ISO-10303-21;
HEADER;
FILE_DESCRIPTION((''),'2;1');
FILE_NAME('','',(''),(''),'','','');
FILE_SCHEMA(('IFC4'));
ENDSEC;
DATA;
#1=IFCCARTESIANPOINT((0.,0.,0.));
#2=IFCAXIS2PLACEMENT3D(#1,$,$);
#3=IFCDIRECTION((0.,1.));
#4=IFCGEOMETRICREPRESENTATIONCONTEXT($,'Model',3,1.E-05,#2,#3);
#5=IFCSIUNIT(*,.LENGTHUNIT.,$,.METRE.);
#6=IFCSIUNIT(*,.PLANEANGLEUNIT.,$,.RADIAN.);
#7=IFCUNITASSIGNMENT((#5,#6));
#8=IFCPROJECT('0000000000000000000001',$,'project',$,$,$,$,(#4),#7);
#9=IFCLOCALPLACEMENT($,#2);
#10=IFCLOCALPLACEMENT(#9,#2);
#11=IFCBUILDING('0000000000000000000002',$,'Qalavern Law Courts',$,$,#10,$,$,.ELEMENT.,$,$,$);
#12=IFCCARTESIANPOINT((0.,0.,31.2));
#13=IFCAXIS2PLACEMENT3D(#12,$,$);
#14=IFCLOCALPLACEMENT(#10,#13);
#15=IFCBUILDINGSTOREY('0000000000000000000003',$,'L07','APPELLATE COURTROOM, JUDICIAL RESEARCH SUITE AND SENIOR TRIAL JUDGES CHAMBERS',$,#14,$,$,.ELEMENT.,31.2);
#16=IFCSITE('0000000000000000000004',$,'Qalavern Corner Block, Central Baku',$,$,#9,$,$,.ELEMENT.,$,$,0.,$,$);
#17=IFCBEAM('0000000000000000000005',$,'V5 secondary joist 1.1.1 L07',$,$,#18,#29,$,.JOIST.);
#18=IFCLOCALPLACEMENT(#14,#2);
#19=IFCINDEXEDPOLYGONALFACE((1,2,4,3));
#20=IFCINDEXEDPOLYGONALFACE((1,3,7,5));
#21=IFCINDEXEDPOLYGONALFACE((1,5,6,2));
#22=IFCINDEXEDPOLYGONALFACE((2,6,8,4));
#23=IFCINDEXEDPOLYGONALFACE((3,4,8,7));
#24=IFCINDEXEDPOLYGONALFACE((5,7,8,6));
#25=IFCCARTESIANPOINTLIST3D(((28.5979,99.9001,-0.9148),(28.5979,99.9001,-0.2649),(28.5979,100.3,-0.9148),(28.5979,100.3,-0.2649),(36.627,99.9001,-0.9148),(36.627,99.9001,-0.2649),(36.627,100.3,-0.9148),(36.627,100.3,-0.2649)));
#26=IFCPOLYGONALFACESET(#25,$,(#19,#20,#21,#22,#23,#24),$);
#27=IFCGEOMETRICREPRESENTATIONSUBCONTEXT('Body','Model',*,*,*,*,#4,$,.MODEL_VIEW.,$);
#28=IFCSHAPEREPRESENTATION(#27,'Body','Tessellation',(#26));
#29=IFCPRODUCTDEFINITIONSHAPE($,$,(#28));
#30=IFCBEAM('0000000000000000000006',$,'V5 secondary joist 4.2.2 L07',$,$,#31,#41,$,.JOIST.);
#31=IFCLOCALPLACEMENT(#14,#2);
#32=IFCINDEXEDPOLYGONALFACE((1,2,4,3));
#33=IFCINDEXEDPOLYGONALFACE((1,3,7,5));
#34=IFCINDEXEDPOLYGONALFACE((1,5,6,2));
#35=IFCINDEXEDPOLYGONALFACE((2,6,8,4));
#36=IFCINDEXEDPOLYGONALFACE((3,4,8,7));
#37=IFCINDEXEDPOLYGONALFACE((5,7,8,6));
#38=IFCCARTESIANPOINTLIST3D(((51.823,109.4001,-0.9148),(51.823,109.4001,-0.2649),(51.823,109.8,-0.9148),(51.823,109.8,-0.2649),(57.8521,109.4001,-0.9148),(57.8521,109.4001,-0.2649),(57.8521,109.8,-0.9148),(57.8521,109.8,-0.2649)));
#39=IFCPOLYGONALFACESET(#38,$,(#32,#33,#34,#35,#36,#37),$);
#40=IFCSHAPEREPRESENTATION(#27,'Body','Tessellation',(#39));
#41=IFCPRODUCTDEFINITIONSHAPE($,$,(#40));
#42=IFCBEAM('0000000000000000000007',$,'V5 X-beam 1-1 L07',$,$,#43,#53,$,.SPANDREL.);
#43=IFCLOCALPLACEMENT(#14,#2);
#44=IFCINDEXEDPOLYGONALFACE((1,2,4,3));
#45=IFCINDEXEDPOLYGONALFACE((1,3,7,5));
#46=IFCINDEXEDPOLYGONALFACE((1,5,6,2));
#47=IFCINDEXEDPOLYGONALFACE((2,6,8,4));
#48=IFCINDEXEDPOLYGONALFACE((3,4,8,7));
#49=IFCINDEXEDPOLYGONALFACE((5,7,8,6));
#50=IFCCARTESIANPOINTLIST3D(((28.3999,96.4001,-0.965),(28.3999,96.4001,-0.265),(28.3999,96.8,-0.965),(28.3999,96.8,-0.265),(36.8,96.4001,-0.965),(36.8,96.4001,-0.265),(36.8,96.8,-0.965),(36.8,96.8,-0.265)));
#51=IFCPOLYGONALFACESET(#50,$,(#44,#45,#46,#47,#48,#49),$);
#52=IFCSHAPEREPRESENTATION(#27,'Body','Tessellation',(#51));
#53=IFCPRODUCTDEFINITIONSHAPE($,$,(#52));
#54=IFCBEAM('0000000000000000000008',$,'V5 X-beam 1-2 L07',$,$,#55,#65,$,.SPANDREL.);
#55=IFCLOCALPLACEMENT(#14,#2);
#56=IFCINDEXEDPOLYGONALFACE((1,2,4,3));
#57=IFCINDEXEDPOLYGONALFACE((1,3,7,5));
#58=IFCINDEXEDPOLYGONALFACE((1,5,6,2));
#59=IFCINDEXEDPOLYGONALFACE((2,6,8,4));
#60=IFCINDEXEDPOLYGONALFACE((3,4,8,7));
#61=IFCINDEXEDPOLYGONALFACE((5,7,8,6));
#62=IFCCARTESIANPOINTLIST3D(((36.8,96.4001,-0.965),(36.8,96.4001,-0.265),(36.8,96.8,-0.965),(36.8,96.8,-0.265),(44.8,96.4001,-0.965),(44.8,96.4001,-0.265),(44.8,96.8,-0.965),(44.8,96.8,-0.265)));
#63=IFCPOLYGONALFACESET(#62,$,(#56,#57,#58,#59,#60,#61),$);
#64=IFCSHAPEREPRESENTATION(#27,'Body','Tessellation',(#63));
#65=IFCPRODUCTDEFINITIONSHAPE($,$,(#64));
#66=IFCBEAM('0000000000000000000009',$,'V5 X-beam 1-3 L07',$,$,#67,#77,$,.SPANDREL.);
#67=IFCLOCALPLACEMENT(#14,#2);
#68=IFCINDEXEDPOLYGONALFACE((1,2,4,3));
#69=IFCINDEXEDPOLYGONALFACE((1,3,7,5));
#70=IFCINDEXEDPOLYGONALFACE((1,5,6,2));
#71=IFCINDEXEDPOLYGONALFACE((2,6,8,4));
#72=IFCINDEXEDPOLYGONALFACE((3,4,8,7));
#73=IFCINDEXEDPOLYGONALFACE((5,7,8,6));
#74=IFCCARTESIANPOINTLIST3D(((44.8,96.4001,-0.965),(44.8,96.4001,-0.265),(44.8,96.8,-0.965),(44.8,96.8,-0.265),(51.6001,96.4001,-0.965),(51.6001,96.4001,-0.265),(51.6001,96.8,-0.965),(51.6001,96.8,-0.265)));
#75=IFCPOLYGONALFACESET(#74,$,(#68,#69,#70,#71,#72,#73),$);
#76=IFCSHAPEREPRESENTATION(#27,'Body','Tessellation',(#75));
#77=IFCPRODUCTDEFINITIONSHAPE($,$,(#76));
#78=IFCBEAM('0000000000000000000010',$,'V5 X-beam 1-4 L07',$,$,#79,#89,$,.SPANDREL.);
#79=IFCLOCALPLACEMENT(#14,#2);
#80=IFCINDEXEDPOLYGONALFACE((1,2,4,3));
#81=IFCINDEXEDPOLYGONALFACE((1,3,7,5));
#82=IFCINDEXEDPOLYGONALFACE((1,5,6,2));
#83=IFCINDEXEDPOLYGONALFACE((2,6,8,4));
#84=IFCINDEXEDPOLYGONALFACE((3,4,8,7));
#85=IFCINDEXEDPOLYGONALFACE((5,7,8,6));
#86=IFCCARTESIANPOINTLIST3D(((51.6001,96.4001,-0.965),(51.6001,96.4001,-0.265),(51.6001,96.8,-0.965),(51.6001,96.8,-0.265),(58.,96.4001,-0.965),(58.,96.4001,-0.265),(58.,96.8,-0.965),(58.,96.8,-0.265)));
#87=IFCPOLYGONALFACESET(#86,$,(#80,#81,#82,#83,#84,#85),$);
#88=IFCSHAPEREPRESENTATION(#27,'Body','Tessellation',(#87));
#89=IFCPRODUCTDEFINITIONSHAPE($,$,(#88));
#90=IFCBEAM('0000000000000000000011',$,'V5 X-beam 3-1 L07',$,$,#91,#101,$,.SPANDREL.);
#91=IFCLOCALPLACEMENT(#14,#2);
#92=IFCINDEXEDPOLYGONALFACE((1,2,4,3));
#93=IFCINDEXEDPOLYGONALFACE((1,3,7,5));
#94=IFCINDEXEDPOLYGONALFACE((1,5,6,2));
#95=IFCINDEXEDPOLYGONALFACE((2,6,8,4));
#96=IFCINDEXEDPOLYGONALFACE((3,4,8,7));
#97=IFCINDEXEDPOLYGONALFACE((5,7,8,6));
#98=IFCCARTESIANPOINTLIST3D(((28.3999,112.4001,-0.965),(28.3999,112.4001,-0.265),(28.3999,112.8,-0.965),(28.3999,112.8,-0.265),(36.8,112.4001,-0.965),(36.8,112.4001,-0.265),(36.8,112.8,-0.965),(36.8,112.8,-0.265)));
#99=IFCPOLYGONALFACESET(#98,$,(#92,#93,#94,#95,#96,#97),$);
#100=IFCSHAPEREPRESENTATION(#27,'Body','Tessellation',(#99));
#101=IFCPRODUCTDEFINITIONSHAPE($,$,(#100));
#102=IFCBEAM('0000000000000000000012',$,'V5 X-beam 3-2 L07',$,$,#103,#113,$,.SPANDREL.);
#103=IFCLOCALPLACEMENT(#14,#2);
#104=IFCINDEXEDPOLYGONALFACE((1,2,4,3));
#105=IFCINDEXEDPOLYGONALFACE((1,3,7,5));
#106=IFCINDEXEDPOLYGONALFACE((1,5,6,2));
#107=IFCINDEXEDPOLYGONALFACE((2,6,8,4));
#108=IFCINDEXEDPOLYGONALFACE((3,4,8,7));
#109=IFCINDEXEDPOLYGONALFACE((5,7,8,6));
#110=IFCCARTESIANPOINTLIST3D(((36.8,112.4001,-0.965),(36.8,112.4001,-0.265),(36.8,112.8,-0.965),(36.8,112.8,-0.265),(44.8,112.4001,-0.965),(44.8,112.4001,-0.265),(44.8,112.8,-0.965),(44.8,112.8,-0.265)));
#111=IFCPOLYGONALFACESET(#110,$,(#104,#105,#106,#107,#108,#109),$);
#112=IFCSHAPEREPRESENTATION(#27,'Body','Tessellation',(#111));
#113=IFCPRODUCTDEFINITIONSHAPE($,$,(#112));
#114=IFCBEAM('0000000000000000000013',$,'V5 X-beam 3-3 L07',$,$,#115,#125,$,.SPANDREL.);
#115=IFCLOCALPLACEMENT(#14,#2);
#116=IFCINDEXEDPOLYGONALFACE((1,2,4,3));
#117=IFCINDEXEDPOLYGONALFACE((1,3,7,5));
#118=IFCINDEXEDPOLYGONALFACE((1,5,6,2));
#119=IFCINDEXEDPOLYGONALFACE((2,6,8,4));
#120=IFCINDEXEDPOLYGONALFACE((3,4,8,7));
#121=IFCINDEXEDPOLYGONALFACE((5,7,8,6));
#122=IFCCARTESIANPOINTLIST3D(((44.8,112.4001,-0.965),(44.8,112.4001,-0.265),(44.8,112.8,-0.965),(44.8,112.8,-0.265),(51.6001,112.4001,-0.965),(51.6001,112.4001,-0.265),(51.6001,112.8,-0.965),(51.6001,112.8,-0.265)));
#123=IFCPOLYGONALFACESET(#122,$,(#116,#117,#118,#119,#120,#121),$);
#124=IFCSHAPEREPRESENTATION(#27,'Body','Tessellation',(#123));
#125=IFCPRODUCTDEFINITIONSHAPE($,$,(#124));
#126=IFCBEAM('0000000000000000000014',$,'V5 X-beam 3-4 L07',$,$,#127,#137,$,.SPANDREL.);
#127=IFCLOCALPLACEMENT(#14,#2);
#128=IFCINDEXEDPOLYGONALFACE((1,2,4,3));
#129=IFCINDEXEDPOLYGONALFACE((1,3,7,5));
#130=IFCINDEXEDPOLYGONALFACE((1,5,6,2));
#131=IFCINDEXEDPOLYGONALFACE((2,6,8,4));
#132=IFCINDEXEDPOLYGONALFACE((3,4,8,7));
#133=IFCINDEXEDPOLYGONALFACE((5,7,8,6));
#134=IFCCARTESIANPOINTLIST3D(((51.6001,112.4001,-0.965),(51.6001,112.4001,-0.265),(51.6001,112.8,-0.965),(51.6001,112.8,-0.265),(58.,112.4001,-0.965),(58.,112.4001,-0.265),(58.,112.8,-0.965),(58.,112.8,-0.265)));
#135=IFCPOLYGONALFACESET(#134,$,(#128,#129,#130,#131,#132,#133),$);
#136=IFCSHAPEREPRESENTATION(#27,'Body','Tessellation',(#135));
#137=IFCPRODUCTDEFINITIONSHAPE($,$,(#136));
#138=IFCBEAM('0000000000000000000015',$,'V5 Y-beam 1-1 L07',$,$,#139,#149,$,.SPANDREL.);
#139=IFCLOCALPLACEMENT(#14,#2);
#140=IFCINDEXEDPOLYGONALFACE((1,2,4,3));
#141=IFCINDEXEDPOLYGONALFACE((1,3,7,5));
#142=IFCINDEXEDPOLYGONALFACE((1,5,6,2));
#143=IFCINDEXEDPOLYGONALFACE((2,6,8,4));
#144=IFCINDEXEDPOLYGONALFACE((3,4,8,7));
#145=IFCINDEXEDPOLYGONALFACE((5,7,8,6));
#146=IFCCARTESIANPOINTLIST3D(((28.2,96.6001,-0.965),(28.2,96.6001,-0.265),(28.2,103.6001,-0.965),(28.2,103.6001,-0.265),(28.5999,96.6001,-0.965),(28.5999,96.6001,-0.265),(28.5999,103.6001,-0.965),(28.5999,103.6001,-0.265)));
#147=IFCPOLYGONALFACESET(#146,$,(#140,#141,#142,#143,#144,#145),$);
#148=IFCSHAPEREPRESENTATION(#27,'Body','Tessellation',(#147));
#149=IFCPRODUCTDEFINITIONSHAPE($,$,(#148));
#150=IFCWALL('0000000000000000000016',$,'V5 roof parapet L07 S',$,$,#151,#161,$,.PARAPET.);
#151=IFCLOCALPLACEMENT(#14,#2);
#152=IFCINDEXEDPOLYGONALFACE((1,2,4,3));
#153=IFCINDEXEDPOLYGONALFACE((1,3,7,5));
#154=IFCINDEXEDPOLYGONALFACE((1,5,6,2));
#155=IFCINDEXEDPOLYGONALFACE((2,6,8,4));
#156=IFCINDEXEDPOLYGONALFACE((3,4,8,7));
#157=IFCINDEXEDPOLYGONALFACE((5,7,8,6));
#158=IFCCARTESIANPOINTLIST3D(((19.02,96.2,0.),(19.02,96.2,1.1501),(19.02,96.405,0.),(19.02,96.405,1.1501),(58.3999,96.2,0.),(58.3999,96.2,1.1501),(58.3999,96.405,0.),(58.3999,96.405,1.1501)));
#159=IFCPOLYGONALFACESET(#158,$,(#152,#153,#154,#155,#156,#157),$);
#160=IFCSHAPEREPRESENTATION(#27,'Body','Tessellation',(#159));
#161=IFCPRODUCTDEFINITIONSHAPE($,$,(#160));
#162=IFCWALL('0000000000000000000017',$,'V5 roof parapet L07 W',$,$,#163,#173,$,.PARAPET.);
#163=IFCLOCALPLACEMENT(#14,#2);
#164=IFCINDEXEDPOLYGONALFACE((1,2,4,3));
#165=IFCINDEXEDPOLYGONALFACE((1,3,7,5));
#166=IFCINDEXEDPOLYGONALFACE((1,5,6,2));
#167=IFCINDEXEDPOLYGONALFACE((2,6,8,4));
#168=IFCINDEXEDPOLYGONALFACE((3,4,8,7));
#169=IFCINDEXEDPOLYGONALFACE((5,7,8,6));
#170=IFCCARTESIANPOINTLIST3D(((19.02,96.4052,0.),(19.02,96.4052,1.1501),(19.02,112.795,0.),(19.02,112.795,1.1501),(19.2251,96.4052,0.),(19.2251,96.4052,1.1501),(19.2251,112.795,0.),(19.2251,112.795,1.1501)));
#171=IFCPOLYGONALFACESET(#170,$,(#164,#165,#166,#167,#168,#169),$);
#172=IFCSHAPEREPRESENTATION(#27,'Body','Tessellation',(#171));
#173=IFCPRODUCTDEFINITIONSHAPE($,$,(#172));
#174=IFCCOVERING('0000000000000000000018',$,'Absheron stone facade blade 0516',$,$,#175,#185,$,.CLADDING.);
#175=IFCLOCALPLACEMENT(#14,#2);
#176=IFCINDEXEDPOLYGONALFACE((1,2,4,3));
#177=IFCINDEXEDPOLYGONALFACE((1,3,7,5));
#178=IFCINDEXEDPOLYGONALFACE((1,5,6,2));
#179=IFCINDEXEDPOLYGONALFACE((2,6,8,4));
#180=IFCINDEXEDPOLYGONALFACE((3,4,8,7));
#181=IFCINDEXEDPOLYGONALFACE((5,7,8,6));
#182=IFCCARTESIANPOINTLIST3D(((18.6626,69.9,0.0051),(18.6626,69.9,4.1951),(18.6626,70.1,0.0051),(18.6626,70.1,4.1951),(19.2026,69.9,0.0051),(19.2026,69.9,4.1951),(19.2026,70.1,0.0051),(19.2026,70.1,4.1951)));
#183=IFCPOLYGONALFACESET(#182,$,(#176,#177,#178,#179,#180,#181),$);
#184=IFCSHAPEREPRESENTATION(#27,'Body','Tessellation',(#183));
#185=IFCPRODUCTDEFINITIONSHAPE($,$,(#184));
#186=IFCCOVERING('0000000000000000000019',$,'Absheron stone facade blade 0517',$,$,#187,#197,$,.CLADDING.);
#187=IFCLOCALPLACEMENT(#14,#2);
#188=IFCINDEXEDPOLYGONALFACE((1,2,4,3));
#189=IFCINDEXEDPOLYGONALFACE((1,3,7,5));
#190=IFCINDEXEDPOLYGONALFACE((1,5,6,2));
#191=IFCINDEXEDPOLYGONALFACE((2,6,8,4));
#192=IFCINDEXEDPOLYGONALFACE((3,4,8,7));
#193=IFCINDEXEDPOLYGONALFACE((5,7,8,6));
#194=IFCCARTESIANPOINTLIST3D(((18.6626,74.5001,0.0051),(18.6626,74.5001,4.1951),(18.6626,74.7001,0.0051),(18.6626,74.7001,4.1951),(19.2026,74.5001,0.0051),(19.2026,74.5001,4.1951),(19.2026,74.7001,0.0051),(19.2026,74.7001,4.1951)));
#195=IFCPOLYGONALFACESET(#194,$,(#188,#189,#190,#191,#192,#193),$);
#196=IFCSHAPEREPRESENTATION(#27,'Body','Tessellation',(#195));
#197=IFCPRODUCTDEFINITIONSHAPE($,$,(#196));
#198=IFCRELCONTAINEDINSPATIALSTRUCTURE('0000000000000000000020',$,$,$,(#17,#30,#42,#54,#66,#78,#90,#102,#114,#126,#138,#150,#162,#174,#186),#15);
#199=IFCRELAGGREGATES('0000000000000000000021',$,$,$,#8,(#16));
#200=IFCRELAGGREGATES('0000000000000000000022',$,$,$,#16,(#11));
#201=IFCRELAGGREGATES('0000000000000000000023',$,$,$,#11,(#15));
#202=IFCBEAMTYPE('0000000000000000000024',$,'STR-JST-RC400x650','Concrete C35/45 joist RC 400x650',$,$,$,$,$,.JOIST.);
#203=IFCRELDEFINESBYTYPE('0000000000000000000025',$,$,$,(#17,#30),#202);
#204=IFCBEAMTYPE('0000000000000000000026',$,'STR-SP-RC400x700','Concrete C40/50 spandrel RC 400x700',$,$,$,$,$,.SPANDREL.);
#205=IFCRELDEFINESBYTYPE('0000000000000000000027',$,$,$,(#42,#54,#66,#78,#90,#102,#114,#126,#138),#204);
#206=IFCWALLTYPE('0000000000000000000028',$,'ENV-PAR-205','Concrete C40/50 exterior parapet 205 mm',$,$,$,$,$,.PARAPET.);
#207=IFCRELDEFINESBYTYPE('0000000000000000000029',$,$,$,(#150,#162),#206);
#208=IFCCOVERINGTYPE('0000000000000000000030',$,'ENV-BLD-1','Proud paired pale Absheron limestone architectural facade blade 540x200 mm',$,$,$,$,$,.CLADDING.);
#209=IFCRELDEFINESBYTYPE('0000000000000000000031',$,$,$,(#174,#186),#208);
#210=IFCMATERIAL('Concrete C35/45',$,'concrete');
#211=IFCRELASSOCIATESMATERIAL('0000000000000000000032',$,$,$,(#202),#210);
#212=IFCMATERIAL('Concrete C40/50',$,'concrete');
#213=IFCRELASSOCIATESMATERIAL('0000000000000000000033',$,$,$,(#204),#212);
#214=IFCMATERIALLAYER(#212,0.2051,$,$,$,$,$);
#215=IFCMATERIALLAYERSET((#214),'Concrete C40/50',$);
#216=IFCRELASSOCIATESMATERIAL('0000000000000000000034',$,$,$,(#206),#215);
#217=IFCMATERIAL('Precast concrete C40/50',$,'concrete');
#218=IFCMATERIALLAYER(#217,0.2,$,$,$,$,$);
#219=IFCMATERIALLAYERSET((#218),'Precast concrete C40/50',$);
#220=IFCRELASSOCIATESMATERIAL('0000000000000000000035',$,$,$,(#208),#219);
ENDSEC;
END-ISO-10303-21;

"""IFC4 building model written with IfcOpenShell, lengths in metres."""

from ifc_helpers import new_model, si_unit, direction, frame, frame_2d, origin, origin_2d, place, context, subcontext, project, spatial, rectangle, extrude, material, layer, layer_set, material_profile, profile_set, type_object, element, save


model = new_model("IFC4")

# Units and contexts
model_context = context("Model", 3, precision=1e-05, world=origin(), true_north=direction((0.0, 1.0)))
body_context = subcontext(model_context, "Body", "Model", "MODEL_VIEW")
ifc_project = project(units=[si_unit("LENGTHUNIT", "METRE"), si_unit("PLANEANGLEUNIT", "RADIAN")], contexts=[model_context])

# Site, building, storey
site_placement = place(None, origin())
site = spatial("IfcSite", under=ifc_project, at=site_placement, Name="Qalavern Corner Block, Central Baku", CompositionType="ELEMENT", RefElevation=0.0)
building_placement = place(site_placement, origin())
building = spatial("IfcBuilding", under=site, at=building_placement, Name="Qalavern Law Courts", CompositionType="ELEMENT")
storey_placement = place(building_placement, frame((0.0, 0.0, 31.2)))
storey = spatial("IfcBuildingStorey", under=building, at=storey_placement, Name="L07", Description="APPELLATE COURTROOM, JUDICIAL RESEARCH SUITE AND SENIOR TRIAL JUDGES CHAMBERS", CompositionType="ELEMENT", Elevation=31.2)

# Beams
ifc_material_1 = material(Name="Concrete C35/45", Category="concrete")
ifc_material_2 = material(Name="Concrete C40/50", Category="concrete")
ifc_material_profile_1 = material_profile(ifc_material_1, rectangle(XDim=0.3999, YDim=0.6499, at=origin_2d()), Name="RC 400x650")
ifc_profile_set_1 = profile_set([ifc_material_profile_1], Name="Concrete C35/45")
beam_type_1 = type_object("IfcBeamType", Name="STR-JST-RC400x650", Description="Concrete C35/45 joist RC 400x650", PredefinedType="JOIST", material=ifc_profile_set_1)
beam_1_placement = place(storey_placement, frame((28.5979, 100.1001, -0.5898), z_axis=(1.0, 0.0, 0.0), x_axis=(0.0, 1.0, 0.0)))
element("IfcBeam", 1, at=beam_1_placement, inside=storey, type_object=beam_type_1, Name="V5 secondary joist 1.1.1 L07", PredefinedType="JOIST", context=body_context, shape_type="SweptSolid", body=[
    extrude(rectangle(XDim=0.3999, YDim=0.6499, at=origin_2d()), origin(), (0.0, 0.0, 1.0), 8.0291),
])
beam_2_placement = place(storey_placement, frame((51.823, 109.6001, -0.5898), z_axis=(1.0, 0.0, 0.0), x_axis=(0.0, 1.0, 0.0)))
element("IfcBeam", 2, at=beam_2_placement, inside=storey, type_object=beam_type_1, Name="V5 secondary joist 4.2.2 L07", PredefinedType="JOIST", context=body_context, shape_type="SweptSolid", body=[
    extrude(rectangle(XDim=0.3999, YDim=0.6499, at=origin_2d()), origin(), (0.0, 0.0, 1.0), 6.0291),
])
ifc_material_profile_2 = material_profile(ifc_material_2, rectangle(XDim=0.3999, YDim=0.7, at=origin_2d()), Name="RC 400x700")
ifc_profile_set_2 = profile_set([ifc_material_profile_2], Name="Concrete C40/50")
beam_type_2 = type_object("IfcBeamType", Name="STR-SP-RC400x700", Description="Concrete C40/50 spandrel RC 400x700", PredefinedType="SPANDREL", material=ifc_profile_set_2)
beam_3_placement = place(storey_placement, frame((28.3999, 96.6001, -0.615), z_axis=(1.0, 0.0, 0.0), x_axis=(0.0, 1.0, 0.0)))
element("IfcBeam", 3, at=beam_3_placement, inside=storey, type_object=beam_type_2, Name="V5 X-beam 1-1 L07", PredefinedType="SPANDREL", context=body_context, shape_type="SweptSolid", body=[
    extrude(rectangle(XDim=0.3999, YDim=0.7, at=origin_2d()), origin(), (0.0, 0.0, 1.0), 8.4001),
])
beam_4_placement = place(storey_placement, frame((36.8, 96.6001, -0.615), z_axis=(1.0, 0.0, 0.0), x_axis=(0.0, 1.0, 0.0)))
element("IfcBeam", 4, at=beam_4_placement, inside=storey, type_object=beam_type_2, Name="V5 X-beam 1-2 L07", PredefinedType="SPANDREL", context=body_context, shape_type="SweptSolid", body=[
    extrude(rectangle(XDim=0.3999, YDim=0.7, at=origin_2d()), origin(), (0.0, 0.0, 1.0), 8.0),
])
beam_5_placement = place(storey_placement, frame((44.8, 96.6001, -0.615), z_axis=(1.0, 0.0, 0.0), x_axis=(0.0, 1.0, 0.0)))
element("IfcBeam", 5, at=beam_5_placement, inside=storey, type_object=beam_type_2, Name="V5 X-beam 1-3 L07", PredefinedType="SPANDREL", context=body_context, shape_type="SweptSolid", body=[
    extrude(rectangle(XDim=0.3999, YDim=0.7, at=origin_2d()), origin(), (0.0, 0.0, 1.0), 6.8),
])
beam_6_placement = place(storey_placement, frame((51.6001, 96.6001, -0.615), z_axis=(1.0, 0.0, 0.0), x_axis=(0.0, 1.0, 0.0)))
element("IfcBeam", 6, at=beam_6_placement, inside=storey, type_object=beam_type_2, Name="V5 X-beam 1-4 L07", PredefinedType="SPANDREL", context=body_context, shape_type="SweptSolid", body=[
    extrude(rectangle(XDim=0.3999, YDim=0.7, at=origin_2d()), origin(), (0.0, 0.0, 1.0), 6.3999),
])
beam_7_placement = place(storey_placement, frame((28.3999, 112.6001, -0.615), z_axis=(1.0, 0.0, 0.0), x_axis=(0.0, 1.0, 0.0)))
element("IfcBeam", 7, at=beam_7_placement, inside=storey, type_object=beam_type_2, Name="V5 X-beam 3-1 L07", PredefinedType="SPANDREL", context=body_context, shape_type="SweptSolid", body=[
    extrude(rectangle(XDim=0.3999, YDim=0.7, at=origin_2d()), origin(), (0.0, 0.0, 1.0), 8.4001),
])
beam_8_placement = place(storey_placement, frame((36.8, 112.6001, -0.615), z_axis=(1.0, 0.0, 0.0), x_axis=(0.0, 1.0, 0.0)))
element("IfcBeam", 8, at=beam_8_placement, inside=storey, type_object=beam_type_2, Name="V5 X-beam 3-2 L07", PredefinedType="SPANDREL", context=body_context, shape_type="SweptSolid", body=[
    extrude(rectangle(XDim=0.3999, YDim=0.7, at=origin_2d()), origin(), (0.0, 0.0, 1.0), 8.0),
])
beam_9_placement = place(storey_placement, frame((44.8, 112.6001, -0.615), z_axis=(1.0, 0.0, 0.0), x_axis=(0.0, 1.0, 0.0)))
element("IfcBeam", 9, at=beam_9_placement, inside=storey, type_object=beam_type_2, Name="V5 X-beam 3-3 L07", PredefinedType="SPANDREL", context=body_context, shape_type="SweptSolid", body=[
    extrude(rectangle(XDim=0.3999, YDim=0.7, at=origin_2d()), origin(), (0.0, 0.0, 1.0), 6.8),
])
beam_10_placement = place(storey_placement, frame((51.6001, 112.6001, -0.615), z_axis=(1.0, 0.0, 0.0), x_axis=(0.0, 1.0, 0.0)))
element("IfcBeam", 10, at=beam_10_placement, inside=storey, type_object=beam_type_2, Name="V5 X-beam 3-4 L07", PredefinedType="SPANDREL", context=body_context, shape_type="SweptSolid", body=[
    extrude(rectangle(XDim=0.3999, YDim=0.7, at=origin_2d()), origin(), (0.0, 0.0, 1.0), 6.3999),
])
beam_11_placement = place(storey_placement, frame((28.3999, 96.6001, -0.615), z_axis=(0.0, 1.0, 0.0), x_axis=(-1.0, 0.0, 0.0)))
element("IfcBeam", 11, at=beam_11_placement, inside=storey, type_object=beam_type_2, Name="V5 Y-beam 1-1 L07", PredefinedType="SPANDREL", context=body_context, shape_type="SweptSolid", body=[
    extrude(rectangle(XDim=0.3999, YDim=0.7, at=origin_2d()), origin(), (0.0, 0.0, 1.0), 7.0),
])

# Walls
ifc_layer_1 = layer(ifc_material_2, 0.2051)
ifc_layer_set_1 = layer_set([ifc_layer_1], Name="Concrete C40/50")
wall_type = type_object("IfcWallType", Name="ENV-PAR-205", Description="Concrete C40/50 exterior parapet 205 mm", PredefinedType="PARAPET", material=ifc_layer_set_1)
wall_1_placement = place(storey_placement, frame((19.02, 96.3025, 0.0), z_axis=(0.0, 0.0, 1.0), x_axis=(1.0, 0.0, 0.0)))
element("IfcWall", 12, at=wall_1_placement, inside=storey, type_object=wall_type, Name="V5 roof parapet L07 S", PredefinedType="PARAPET", context=body_context, shape_type="SweptSolid", body=[
    extrude(rectangle(XDim=39.3799, YDim=0.2051, at=frame_2d((19.6899, 0.0))), origin(), (0.0, 0.0, 1.0), 1.1501),
])
wall_2_placement = place(storey_placement, frame((19.1226, 112.7949, 0.0), z_axis=(0.0, 0.0, 1.0), x_axis=(0.0, -1.0, 0.0)))
element("IfcWall", 13, at=wall_2_placement, inside=storey, type_object=wall_type, Name="V5 roof parapet L07 W", PredefinedType="PARAPET", context=body_context, shape_type="SweptSolid", body=[
    extrude(rectangle(XDim=16.3899, YDim=0.2051, at=frame_2d((8.1948, 0.0))), origin(), (0.0, 0.0, 1.0), 1.1501),
])

# Coverings
ifc_material_3 = material(Name="Precast concrete C40/50", Category="concrete")
ifc_layer_2 = layer(ifc_material_3, 0.2)
ifc_layer_set_2 = layer_set([ifc_layer_2], Name="Precast concrete C40/50")
covering_type_1 = type_object("IfcCoveringType", Name="ENV-BLD-1", Description="Proud paired pale Absheron limestone architectural facade blade 540x200 mm", PredefinedType="CLADDING", material=ifc_layer_set_2)
for number, where, z_axis, x_axis, name in (
    (14, (18.9326, 70.0, 0.0051), (0.0, 0.0, 1.0), (1.0, 0.0, 0.0), "Absheron stone facade blade 0516"),
    (15, (18.9326, 74.6001, 0.0051), (0.0, 0.0, 1.0), (1.0, 0.0, 0.0), "Absheron stone facade blade 0517"),
):
    element("IfcCovering", number, at=place(storey_placement, frame(where, z_axis=z_axis, x_axis=x_axis)), inside=storey, type_object=covering_type_1, Name=name, PredefinedType="CLADDING", context=body_context, shape_type="SweptSolid", body=[
        extrude(rectangle(XDim=0.54, YDim=0.2, at=origin_2d()), origin(), (0.0, 0.0, 1.0), 4.1899),
    ])

save(model, "model.ifc")
